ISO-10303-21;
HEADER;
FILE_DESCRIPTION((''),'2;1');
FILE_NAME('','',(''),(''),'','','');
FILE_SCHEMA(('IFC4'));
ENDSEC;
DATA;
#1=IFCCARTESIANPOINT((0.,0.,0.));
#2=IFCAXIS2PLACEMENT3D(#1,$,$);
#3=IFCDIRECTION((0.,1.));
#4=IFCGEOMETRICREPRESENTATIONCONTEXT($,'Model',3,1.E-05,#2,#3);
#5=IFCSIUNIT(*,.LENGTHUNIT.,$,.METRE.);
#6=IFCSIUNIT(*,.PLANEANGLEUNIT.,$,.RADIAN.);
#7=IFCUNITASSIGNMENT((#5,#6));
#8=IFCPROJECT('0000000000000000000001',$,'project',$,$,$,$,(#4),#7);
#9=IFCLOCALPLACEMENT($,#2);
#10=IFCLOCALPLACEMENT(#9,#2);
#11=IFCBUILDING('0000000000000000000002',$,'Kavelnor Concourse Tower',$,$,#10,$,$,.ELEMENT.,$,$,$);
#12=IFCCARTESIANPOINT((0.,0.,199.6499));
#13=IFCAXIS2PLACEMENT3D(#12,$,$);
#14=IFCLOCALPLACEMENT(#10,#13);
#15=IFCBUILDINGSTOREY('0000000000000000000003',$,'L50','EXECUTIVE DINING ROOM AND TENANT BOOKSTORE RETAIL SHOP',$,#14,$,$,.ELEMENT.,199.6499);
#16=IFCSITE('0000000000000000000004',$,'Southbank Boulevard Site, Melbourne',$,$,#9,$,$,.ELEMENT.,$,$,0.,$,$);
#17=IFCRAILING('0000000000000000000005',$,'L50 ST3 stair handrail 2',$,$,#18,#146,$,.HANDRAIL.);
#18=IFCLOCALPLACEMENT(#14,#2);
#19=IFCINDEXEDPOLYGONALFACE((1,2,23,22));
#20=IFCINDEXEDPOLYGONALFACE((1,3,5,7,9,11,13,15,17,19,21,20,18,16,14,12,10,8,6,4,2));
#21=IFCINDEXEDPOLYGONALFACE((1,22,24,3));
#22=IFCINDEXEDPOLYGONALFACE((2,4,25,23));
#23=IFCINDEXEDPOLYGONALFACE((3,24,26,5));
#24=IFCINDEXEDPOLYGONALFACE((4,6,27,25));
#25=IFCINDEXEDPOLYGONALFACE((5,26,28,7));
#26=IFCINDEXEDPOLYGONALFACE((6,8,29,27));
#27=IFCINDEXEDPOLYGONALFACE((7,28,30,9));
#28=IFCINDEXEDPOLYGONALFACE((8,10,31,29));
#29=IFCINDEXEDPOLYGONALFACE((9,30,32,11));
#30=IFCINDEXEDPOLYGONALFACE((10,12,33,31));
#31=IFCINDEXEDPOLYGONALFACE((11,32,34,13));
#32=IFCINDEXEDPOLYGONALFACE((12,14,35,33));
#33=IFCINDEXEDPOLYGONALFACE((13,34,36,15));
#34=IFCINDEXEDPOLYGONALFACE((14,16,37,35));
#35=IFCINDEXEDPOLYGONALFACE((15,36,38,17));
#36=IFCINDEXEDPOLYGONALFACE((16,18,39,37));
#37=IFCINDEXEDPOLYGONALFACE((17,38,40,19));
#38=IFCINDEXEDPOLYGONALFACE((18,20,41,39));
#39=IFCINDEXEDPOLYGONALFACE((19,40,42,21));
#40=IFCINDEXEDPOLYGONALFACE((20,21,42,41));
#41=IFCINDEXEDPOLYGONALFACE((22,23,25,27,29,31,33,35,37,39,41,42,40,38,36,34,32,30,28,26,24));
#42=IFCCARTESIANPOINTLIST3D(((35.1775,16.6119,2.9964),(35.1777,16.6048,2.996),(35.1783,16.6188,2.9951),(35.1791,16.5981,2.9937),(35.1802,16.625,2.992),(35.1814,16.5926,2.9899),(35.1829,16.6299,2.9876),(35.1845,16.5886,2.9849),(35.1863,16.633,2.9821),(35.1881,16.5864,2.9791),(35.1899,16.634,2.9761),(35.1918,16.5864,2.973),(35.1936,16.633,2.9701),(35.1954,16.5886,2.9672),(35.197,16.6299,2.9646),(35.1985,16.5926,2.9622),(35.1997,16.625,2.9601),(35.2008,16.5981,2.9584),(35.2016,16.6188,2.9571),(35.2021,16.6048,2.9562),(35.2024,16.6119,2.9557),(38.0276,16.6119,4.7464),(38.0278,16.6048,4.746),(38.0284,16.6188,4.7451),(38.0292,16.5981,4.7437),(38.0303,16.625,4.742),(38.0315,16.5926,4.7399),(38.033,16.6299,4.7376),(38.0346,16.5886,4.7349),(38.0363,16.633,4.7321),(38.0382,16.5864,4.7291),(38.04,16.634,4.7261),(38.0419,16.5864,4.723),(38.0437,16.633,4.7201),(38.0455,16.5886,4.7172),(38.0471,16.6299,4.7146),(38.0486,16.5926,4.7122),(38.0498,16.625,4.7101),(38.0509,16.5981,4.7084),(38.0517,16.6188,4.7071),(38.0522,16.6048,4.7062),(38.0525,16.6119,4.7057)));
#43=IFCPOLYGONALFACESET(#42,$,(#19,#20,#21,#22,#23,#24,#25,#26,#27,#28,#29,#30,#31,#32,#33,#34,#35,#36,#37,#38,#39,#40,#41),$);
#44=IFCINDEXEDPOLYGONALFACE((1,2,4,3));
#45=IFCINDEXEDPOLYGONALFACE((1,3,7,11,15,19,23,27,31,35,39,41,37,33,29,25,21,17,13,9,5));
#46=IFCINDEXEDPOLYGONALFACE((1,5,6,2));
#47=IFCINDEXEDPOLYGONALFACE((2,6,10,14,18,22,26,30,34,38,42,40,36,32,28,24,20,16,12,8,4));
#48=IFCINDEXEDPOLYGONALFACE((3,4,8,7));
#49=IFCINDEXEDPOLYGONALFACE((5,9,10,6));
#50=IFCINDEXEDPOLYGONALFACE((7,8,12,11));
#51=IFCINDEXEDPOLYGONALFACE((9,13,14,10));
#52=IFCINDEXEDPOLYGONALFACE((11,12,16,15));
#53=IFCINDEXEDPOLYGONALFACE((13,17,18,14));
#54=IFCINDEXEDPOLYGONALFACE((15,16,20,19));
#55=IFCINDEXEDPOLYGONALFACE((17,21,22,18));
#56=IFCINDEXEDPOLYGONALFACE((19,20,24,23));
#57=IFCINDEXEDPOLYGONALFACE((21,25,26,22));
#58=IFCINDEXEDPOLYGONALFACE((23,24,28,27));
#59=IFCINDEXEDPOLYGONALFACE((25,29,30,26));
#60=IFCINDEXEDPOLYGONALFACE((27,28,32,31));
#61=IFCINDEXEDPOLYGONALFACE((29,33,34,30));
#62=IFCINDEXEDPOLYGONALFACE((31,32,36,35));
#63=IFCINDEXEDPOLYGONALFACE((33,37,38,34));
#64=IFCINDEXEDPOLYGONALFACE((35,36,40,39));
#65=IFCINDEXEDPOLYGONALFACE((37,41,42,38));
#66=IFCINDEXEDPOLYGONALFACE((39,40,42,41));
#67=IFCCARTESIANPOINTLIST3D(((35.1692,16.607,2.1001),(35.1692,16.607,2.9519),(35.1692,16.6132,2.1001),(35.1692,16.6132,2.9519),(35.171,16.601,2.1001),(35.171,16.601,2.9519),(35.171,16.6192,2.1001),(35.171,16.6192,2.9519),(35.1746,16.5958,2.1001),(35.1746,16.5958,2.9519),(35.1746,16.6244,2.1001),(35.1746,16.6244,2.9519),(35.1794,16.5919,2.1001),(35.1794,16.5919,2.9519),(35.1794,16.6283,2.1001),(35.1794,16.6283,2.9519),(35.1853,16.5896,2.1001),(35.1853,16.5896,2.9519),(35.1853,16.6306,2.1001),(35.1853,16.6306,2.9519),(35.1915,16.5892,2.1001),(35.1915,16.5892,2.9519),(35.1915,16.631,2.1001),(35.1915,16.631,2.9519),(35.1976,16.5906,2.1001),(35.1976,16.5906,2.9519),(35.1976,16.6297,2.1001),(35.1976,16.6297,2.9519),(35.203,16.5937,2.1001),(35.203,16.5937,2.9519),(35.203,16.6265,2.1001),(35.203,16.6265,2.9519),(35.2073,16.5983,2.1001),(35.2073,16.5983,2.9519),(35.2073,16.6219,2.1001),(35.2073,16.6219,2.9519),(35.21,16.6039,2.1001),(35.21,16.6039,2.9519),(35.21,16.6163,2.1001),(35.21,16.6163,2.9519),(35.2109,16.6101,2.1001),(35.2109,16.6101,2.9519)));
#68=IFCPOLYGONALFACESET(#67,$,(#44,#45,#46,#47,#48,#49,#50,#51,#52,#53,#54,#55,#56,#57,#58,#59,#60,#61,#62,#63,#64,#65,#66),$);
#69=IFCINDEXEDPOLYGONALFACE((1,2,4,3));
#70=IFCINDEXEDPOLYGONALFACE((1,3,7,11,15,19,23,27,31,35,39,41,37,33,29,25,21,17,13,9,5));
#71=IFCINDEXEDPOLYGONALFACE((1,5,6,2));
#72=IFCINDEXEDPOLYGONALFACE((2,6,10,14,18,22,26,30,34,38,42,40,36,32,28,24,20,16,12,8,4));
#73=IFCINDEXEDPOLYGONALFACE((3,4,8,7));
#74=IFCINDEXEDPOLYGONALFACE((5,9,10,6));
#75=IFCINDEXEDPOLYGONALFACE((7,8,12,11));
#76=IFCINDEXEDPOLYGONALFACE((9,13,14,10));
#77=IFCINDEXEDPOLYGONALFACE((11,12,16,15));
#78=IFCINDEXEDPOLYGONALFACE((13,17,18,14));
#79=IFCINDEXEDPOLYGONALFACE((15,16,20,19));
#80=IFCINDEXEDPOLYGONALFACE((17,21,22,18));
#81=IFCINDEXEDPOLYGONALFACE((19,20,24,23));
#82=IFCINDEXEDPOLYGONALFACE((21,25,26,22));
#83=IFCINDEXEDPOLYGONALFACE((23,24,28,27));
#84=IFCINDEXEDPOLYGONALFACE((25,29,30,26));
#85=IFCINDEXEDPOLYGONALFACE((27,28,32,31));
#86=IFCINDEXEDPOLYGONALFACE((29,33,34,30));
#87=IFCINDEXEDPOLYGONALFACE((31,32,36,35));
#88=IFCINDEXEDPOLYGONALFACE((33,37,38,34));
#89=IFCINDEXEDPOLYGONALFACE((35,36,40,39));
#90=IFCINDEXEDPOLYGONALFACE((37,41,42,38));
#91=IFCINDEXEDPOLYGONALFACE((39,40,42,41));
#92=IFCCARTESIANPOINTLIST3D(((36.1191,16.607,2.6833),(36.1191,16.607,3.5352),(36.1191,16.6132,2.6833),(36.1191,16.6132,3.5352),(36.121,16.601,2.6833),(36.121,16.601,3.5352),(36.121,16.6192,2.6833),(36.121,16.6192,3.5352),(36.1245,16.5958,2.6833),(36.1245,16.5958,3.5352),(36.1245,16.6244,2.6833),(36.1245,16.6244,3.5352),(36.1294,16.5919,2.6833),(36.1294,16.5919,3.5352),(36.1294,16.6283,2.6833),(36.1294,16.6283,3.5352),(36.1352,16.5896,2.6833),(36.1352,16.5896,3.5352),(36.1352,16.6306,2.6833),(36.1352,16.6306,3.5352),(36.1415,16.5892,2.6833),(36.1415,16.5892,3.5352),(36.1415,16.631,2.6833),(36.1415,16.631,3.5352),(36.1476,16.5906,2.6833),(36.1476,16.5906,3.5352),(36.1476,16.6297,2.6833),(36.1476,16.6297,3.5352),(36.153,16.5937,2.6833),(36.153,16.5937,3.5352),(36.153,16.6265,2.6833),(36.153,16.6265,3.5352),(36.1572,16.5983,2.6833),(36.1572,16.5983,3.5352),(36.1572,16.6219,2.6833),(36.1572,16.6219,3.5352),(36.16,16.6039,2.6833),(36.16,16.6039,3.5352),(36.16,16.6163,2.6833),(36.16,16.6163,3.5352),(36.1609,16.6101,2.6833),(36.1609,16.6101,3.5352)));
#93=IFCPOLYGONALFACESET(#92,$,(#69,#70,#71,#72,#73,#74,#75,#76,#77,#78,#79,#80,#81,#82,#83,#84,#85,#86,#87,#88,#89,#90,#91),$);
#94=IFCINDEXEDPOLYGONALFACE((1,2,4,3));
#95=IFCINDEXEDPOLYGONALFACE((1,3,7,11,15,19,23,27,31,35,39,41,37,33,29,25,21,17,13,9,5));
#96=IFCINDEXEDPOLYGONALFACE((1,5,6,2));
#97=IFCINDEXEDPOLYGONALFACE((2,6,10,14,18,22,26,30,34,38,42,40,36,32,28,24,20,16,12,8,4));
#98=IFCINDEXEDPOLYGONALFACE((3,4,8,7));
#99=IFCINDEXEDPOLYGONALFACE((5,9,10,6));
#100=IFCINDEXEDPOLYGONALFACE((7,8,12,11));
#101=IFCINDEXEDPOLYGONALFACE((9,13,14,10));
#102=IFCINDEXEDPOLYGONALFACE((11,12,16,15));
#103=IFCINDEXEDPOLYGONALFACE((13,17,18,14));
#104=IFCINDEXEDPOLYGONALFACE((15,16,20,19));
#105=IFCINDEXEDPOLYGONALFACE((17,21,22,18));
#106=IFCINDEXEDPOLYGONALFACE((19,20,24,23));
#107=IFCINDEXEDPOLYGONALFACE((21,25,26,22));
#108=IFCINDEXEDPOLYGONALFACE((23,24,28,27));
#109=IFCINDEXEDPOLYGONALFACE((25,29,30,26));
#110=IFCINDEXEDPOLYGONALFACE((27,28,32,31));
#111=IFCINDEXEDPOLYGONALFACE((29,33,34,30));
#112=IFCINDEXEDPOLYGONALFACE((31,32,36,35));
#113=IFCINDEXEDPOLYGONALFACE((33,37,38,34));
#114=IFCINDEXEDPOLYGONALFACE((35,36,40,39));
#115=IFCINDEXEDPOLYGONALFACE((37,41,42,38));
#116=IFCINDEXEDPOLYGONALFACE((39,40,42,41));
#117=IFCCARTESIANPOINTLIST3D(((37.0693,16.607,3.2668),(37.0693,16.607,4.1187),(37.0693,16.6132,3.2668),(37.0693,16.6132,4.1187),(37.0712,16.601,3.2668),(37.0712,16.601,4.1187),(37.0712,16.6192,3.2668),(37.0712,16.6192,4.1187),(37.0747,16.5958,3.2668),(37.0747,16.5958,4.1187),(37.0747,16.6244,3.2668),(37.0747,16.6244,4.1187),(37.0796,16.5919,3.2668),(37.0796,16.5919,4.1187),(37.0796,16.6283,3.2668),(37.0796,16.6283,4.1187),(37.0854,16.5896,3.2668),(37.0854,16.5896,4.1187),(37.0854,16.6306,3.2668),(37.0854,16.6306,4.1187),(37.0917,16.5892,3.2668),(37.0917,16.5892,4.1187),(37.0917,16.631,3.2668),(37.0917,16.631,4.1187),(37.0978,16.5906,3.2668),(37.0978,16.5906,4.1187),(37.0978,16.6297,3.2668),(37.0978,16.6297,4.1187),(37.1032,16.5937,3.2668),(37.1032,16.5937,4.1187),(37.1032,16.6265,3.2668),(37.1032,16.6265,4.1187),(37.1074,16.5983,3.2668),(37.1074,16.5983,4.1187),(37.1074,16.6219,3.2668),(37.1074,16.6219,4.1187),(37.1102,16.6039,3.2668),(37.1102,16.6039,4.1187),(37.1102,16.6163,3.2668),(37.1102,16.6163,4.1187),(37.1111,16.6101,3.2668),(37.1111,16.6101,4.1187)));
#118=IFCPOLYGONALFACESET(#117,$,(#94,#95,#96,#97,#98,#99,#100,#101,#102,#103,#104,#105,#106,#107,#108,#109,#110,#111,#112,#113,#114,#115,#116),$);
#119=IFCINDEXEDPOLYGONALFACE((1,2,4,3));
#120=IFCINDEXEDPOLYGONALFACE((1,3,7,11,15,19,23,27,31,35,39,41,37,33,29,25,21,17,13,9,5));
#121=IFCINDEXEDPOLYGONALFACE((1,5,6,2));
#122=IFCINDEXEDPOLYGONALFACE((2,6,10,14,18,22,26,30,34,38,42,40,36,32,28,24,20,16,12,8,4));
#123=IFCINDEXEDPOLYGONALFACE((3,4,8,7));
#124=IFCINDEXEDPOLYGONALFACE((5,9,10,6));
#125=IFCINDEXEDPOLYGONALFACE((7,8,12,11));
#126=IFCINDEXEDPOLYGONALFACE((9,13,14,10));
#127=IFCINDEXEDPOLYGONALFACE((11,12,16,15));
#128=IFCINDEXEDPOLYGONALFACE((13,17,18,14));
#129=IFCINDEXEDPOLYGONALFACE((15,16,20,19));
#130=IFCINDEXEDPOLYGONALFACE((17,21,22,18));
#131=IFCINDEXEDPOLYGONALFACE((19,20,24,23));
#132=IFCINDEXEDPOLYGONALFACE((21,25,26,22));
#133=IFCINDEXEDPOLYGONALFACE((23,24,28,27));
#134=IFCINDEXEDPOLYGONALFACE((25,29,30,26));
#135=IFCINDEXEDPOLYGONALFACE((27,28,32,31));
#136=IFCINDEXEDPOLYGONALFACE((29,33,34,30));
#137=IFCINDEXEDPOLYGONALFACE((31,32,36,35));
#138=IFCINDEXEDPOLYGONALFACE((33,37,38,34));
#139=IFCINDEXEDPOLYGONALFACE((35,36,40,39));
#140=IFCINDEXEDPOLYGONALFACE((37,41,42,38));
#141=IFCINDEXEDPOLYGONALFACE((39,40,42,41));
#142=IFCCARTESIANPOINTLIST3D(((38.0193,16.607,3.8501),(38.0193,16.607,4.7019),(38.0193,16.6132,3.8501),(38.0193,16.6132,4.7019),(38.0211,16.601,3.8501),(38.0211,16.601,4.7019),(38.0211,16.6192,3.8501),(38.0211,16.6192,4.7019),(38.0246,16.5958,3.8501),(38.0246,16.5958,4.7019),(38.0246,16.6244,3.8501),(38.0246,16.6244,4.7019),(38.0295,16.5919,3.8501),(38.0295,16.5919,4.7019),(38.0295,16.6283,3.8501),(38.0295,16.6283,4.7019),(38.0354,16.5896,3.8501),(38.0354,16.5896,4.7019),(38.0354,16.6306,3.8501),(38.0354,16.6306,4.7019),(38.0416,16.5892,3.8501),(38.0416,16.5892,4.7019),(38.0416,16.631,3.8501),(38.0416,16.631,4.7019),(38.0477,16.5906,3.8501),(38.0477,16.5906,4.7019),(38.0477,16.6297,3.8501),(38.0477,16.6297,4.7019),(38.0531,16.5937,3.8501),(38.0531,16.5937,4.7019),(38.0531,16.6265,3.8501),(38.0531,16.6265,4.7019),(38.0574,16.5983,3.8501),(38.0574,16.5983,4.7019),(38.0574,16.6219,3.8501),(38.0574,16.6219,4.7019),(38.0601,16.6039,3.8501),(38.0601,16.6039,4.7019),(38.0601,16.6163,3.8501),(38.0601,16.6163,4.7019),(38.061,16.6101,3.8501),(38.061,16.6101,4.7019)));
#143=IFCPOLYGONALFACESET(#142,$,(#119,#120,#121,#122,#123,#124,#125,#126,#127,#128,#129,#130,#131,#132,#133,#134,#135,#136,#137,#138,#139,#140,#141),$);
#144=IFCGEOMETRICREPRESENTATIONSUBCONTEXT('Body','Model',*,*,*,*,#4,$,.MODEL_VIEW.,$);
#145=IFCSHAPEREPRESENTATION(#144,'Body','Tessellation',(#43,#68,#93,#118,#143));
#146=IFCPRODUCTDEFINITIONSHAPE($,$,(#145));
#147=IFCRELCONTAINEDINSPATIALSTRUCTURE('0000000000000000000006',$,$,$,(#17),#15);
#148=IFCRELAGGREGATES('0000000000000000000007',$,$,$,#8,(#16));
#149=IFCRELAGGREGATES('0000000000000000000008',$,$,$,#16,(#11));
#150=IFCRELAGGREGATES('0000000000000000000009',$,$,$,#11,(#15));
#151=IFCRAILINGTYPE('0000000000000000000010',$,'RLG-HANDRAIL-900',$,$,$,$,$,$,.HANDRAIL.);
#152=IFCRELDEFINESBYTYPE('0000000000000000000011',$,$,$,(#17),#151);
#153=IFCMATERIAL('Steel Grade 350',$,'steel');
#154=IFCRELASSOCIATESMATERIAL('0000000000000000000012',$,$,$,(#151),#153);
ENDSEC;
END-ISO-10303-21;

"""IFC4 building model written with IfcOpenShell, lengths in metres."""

from ifc_helpers import new_model, si_unit, direction, frame, origin, origin_2d, place, context, subcontext, project, spatial, circle, extrude, material, type_object, element, save


model = new_model("IFC4")

# Units and contexts
model_context = context("Model", 3, precision=1e-05, world=origin(), true_north=direction((0.0, 1.0)))
body_context = subcontext(model_context, "Body", "Model", "MODEL_VIEW")
ifc_project = project(units=[si_unit("LENGTHUNIT", "METRE"), si_unit("PLANEANGLEUNIT", "RADIAN")], contexts=[model_context])

# Site, building, storey
site_placement = place(None, origin())
site = spatial("IfcSite", under=ifc_project, at=site_placement, Name="Southbank Boulevard Site, Melbourne", CompositionType="ELEMENT", RefElevation=0.0)
building_placement = place(site_placement, origin())
building = spatial("IfcBuilding", under=site, at=building_placement, Name="Kavelnor Concourse Tower", CompositionType="ELEMENT")
storey_placement = place(building_placement, frame((0.0, 0.0, 199.6499)))
storey = spatial("IfcBuildingStorey", under=building, at=storey_placement, Name="L50", Description="EXECUTIVE DINING ROOM AND TENANT BOOKSTORE RETAIL SHOP", CompositionType="ELEMENT", Elevation=199.6499)

# Shared definitions
ifc_material_1 = material(Name="Steel Grade 350", Category="steel")

# Railing
railing_type_1 = type_object("IfcRailingType", Name="RLG-HANDRAIL-900", PredefinedType="HANDRAIL", material=ifc_material_1)
railing_1_placement = place(storey_placement, frame((35.1899, 16.6101, 2.1001)))
element("IfcRailing", 1, at=railing_1_placement, inside=storey, type_object=railing_type_1, Name="L50 ST3 stair handrail 2", PredefinedType="HANDRAIL", context=body_context, shape_type="SweptSolid", body=[
    extrude(circle(Radius=0.0239, at=origin_2d()), frame((0.0, 0.0, 0.876), z_axis=(0.852179, 0.0, 0.52325), x_axis=(0.0, 1.0, 0.0)), (0.0, 0.0, 1.0), 3.3445),
    extrude(circle(Radius=0.021, at=origin_2d()), origin(), (0.0, 0.0, 1.0), 0.8518),
    extrude(circle(Radius=0.021, at=origin_2d()), frame((0.95, 0.0, 0.5833)), (0.0, 0.0, 1.0), 0.8518),
    extrude(circle(Radius=0.021, at=origin_2d()), frame((1.9001, 0.0, 1.1667)), (0.0, 0.0, 1.0), 0.8518),
    extrude(circle(Radius=0.021, at=origin_2d()), frame((2.8501, 0.0, 1.75)), (0.0, 0.0, 1.0), 0.8518),
])

save(model, "model.ifc")
